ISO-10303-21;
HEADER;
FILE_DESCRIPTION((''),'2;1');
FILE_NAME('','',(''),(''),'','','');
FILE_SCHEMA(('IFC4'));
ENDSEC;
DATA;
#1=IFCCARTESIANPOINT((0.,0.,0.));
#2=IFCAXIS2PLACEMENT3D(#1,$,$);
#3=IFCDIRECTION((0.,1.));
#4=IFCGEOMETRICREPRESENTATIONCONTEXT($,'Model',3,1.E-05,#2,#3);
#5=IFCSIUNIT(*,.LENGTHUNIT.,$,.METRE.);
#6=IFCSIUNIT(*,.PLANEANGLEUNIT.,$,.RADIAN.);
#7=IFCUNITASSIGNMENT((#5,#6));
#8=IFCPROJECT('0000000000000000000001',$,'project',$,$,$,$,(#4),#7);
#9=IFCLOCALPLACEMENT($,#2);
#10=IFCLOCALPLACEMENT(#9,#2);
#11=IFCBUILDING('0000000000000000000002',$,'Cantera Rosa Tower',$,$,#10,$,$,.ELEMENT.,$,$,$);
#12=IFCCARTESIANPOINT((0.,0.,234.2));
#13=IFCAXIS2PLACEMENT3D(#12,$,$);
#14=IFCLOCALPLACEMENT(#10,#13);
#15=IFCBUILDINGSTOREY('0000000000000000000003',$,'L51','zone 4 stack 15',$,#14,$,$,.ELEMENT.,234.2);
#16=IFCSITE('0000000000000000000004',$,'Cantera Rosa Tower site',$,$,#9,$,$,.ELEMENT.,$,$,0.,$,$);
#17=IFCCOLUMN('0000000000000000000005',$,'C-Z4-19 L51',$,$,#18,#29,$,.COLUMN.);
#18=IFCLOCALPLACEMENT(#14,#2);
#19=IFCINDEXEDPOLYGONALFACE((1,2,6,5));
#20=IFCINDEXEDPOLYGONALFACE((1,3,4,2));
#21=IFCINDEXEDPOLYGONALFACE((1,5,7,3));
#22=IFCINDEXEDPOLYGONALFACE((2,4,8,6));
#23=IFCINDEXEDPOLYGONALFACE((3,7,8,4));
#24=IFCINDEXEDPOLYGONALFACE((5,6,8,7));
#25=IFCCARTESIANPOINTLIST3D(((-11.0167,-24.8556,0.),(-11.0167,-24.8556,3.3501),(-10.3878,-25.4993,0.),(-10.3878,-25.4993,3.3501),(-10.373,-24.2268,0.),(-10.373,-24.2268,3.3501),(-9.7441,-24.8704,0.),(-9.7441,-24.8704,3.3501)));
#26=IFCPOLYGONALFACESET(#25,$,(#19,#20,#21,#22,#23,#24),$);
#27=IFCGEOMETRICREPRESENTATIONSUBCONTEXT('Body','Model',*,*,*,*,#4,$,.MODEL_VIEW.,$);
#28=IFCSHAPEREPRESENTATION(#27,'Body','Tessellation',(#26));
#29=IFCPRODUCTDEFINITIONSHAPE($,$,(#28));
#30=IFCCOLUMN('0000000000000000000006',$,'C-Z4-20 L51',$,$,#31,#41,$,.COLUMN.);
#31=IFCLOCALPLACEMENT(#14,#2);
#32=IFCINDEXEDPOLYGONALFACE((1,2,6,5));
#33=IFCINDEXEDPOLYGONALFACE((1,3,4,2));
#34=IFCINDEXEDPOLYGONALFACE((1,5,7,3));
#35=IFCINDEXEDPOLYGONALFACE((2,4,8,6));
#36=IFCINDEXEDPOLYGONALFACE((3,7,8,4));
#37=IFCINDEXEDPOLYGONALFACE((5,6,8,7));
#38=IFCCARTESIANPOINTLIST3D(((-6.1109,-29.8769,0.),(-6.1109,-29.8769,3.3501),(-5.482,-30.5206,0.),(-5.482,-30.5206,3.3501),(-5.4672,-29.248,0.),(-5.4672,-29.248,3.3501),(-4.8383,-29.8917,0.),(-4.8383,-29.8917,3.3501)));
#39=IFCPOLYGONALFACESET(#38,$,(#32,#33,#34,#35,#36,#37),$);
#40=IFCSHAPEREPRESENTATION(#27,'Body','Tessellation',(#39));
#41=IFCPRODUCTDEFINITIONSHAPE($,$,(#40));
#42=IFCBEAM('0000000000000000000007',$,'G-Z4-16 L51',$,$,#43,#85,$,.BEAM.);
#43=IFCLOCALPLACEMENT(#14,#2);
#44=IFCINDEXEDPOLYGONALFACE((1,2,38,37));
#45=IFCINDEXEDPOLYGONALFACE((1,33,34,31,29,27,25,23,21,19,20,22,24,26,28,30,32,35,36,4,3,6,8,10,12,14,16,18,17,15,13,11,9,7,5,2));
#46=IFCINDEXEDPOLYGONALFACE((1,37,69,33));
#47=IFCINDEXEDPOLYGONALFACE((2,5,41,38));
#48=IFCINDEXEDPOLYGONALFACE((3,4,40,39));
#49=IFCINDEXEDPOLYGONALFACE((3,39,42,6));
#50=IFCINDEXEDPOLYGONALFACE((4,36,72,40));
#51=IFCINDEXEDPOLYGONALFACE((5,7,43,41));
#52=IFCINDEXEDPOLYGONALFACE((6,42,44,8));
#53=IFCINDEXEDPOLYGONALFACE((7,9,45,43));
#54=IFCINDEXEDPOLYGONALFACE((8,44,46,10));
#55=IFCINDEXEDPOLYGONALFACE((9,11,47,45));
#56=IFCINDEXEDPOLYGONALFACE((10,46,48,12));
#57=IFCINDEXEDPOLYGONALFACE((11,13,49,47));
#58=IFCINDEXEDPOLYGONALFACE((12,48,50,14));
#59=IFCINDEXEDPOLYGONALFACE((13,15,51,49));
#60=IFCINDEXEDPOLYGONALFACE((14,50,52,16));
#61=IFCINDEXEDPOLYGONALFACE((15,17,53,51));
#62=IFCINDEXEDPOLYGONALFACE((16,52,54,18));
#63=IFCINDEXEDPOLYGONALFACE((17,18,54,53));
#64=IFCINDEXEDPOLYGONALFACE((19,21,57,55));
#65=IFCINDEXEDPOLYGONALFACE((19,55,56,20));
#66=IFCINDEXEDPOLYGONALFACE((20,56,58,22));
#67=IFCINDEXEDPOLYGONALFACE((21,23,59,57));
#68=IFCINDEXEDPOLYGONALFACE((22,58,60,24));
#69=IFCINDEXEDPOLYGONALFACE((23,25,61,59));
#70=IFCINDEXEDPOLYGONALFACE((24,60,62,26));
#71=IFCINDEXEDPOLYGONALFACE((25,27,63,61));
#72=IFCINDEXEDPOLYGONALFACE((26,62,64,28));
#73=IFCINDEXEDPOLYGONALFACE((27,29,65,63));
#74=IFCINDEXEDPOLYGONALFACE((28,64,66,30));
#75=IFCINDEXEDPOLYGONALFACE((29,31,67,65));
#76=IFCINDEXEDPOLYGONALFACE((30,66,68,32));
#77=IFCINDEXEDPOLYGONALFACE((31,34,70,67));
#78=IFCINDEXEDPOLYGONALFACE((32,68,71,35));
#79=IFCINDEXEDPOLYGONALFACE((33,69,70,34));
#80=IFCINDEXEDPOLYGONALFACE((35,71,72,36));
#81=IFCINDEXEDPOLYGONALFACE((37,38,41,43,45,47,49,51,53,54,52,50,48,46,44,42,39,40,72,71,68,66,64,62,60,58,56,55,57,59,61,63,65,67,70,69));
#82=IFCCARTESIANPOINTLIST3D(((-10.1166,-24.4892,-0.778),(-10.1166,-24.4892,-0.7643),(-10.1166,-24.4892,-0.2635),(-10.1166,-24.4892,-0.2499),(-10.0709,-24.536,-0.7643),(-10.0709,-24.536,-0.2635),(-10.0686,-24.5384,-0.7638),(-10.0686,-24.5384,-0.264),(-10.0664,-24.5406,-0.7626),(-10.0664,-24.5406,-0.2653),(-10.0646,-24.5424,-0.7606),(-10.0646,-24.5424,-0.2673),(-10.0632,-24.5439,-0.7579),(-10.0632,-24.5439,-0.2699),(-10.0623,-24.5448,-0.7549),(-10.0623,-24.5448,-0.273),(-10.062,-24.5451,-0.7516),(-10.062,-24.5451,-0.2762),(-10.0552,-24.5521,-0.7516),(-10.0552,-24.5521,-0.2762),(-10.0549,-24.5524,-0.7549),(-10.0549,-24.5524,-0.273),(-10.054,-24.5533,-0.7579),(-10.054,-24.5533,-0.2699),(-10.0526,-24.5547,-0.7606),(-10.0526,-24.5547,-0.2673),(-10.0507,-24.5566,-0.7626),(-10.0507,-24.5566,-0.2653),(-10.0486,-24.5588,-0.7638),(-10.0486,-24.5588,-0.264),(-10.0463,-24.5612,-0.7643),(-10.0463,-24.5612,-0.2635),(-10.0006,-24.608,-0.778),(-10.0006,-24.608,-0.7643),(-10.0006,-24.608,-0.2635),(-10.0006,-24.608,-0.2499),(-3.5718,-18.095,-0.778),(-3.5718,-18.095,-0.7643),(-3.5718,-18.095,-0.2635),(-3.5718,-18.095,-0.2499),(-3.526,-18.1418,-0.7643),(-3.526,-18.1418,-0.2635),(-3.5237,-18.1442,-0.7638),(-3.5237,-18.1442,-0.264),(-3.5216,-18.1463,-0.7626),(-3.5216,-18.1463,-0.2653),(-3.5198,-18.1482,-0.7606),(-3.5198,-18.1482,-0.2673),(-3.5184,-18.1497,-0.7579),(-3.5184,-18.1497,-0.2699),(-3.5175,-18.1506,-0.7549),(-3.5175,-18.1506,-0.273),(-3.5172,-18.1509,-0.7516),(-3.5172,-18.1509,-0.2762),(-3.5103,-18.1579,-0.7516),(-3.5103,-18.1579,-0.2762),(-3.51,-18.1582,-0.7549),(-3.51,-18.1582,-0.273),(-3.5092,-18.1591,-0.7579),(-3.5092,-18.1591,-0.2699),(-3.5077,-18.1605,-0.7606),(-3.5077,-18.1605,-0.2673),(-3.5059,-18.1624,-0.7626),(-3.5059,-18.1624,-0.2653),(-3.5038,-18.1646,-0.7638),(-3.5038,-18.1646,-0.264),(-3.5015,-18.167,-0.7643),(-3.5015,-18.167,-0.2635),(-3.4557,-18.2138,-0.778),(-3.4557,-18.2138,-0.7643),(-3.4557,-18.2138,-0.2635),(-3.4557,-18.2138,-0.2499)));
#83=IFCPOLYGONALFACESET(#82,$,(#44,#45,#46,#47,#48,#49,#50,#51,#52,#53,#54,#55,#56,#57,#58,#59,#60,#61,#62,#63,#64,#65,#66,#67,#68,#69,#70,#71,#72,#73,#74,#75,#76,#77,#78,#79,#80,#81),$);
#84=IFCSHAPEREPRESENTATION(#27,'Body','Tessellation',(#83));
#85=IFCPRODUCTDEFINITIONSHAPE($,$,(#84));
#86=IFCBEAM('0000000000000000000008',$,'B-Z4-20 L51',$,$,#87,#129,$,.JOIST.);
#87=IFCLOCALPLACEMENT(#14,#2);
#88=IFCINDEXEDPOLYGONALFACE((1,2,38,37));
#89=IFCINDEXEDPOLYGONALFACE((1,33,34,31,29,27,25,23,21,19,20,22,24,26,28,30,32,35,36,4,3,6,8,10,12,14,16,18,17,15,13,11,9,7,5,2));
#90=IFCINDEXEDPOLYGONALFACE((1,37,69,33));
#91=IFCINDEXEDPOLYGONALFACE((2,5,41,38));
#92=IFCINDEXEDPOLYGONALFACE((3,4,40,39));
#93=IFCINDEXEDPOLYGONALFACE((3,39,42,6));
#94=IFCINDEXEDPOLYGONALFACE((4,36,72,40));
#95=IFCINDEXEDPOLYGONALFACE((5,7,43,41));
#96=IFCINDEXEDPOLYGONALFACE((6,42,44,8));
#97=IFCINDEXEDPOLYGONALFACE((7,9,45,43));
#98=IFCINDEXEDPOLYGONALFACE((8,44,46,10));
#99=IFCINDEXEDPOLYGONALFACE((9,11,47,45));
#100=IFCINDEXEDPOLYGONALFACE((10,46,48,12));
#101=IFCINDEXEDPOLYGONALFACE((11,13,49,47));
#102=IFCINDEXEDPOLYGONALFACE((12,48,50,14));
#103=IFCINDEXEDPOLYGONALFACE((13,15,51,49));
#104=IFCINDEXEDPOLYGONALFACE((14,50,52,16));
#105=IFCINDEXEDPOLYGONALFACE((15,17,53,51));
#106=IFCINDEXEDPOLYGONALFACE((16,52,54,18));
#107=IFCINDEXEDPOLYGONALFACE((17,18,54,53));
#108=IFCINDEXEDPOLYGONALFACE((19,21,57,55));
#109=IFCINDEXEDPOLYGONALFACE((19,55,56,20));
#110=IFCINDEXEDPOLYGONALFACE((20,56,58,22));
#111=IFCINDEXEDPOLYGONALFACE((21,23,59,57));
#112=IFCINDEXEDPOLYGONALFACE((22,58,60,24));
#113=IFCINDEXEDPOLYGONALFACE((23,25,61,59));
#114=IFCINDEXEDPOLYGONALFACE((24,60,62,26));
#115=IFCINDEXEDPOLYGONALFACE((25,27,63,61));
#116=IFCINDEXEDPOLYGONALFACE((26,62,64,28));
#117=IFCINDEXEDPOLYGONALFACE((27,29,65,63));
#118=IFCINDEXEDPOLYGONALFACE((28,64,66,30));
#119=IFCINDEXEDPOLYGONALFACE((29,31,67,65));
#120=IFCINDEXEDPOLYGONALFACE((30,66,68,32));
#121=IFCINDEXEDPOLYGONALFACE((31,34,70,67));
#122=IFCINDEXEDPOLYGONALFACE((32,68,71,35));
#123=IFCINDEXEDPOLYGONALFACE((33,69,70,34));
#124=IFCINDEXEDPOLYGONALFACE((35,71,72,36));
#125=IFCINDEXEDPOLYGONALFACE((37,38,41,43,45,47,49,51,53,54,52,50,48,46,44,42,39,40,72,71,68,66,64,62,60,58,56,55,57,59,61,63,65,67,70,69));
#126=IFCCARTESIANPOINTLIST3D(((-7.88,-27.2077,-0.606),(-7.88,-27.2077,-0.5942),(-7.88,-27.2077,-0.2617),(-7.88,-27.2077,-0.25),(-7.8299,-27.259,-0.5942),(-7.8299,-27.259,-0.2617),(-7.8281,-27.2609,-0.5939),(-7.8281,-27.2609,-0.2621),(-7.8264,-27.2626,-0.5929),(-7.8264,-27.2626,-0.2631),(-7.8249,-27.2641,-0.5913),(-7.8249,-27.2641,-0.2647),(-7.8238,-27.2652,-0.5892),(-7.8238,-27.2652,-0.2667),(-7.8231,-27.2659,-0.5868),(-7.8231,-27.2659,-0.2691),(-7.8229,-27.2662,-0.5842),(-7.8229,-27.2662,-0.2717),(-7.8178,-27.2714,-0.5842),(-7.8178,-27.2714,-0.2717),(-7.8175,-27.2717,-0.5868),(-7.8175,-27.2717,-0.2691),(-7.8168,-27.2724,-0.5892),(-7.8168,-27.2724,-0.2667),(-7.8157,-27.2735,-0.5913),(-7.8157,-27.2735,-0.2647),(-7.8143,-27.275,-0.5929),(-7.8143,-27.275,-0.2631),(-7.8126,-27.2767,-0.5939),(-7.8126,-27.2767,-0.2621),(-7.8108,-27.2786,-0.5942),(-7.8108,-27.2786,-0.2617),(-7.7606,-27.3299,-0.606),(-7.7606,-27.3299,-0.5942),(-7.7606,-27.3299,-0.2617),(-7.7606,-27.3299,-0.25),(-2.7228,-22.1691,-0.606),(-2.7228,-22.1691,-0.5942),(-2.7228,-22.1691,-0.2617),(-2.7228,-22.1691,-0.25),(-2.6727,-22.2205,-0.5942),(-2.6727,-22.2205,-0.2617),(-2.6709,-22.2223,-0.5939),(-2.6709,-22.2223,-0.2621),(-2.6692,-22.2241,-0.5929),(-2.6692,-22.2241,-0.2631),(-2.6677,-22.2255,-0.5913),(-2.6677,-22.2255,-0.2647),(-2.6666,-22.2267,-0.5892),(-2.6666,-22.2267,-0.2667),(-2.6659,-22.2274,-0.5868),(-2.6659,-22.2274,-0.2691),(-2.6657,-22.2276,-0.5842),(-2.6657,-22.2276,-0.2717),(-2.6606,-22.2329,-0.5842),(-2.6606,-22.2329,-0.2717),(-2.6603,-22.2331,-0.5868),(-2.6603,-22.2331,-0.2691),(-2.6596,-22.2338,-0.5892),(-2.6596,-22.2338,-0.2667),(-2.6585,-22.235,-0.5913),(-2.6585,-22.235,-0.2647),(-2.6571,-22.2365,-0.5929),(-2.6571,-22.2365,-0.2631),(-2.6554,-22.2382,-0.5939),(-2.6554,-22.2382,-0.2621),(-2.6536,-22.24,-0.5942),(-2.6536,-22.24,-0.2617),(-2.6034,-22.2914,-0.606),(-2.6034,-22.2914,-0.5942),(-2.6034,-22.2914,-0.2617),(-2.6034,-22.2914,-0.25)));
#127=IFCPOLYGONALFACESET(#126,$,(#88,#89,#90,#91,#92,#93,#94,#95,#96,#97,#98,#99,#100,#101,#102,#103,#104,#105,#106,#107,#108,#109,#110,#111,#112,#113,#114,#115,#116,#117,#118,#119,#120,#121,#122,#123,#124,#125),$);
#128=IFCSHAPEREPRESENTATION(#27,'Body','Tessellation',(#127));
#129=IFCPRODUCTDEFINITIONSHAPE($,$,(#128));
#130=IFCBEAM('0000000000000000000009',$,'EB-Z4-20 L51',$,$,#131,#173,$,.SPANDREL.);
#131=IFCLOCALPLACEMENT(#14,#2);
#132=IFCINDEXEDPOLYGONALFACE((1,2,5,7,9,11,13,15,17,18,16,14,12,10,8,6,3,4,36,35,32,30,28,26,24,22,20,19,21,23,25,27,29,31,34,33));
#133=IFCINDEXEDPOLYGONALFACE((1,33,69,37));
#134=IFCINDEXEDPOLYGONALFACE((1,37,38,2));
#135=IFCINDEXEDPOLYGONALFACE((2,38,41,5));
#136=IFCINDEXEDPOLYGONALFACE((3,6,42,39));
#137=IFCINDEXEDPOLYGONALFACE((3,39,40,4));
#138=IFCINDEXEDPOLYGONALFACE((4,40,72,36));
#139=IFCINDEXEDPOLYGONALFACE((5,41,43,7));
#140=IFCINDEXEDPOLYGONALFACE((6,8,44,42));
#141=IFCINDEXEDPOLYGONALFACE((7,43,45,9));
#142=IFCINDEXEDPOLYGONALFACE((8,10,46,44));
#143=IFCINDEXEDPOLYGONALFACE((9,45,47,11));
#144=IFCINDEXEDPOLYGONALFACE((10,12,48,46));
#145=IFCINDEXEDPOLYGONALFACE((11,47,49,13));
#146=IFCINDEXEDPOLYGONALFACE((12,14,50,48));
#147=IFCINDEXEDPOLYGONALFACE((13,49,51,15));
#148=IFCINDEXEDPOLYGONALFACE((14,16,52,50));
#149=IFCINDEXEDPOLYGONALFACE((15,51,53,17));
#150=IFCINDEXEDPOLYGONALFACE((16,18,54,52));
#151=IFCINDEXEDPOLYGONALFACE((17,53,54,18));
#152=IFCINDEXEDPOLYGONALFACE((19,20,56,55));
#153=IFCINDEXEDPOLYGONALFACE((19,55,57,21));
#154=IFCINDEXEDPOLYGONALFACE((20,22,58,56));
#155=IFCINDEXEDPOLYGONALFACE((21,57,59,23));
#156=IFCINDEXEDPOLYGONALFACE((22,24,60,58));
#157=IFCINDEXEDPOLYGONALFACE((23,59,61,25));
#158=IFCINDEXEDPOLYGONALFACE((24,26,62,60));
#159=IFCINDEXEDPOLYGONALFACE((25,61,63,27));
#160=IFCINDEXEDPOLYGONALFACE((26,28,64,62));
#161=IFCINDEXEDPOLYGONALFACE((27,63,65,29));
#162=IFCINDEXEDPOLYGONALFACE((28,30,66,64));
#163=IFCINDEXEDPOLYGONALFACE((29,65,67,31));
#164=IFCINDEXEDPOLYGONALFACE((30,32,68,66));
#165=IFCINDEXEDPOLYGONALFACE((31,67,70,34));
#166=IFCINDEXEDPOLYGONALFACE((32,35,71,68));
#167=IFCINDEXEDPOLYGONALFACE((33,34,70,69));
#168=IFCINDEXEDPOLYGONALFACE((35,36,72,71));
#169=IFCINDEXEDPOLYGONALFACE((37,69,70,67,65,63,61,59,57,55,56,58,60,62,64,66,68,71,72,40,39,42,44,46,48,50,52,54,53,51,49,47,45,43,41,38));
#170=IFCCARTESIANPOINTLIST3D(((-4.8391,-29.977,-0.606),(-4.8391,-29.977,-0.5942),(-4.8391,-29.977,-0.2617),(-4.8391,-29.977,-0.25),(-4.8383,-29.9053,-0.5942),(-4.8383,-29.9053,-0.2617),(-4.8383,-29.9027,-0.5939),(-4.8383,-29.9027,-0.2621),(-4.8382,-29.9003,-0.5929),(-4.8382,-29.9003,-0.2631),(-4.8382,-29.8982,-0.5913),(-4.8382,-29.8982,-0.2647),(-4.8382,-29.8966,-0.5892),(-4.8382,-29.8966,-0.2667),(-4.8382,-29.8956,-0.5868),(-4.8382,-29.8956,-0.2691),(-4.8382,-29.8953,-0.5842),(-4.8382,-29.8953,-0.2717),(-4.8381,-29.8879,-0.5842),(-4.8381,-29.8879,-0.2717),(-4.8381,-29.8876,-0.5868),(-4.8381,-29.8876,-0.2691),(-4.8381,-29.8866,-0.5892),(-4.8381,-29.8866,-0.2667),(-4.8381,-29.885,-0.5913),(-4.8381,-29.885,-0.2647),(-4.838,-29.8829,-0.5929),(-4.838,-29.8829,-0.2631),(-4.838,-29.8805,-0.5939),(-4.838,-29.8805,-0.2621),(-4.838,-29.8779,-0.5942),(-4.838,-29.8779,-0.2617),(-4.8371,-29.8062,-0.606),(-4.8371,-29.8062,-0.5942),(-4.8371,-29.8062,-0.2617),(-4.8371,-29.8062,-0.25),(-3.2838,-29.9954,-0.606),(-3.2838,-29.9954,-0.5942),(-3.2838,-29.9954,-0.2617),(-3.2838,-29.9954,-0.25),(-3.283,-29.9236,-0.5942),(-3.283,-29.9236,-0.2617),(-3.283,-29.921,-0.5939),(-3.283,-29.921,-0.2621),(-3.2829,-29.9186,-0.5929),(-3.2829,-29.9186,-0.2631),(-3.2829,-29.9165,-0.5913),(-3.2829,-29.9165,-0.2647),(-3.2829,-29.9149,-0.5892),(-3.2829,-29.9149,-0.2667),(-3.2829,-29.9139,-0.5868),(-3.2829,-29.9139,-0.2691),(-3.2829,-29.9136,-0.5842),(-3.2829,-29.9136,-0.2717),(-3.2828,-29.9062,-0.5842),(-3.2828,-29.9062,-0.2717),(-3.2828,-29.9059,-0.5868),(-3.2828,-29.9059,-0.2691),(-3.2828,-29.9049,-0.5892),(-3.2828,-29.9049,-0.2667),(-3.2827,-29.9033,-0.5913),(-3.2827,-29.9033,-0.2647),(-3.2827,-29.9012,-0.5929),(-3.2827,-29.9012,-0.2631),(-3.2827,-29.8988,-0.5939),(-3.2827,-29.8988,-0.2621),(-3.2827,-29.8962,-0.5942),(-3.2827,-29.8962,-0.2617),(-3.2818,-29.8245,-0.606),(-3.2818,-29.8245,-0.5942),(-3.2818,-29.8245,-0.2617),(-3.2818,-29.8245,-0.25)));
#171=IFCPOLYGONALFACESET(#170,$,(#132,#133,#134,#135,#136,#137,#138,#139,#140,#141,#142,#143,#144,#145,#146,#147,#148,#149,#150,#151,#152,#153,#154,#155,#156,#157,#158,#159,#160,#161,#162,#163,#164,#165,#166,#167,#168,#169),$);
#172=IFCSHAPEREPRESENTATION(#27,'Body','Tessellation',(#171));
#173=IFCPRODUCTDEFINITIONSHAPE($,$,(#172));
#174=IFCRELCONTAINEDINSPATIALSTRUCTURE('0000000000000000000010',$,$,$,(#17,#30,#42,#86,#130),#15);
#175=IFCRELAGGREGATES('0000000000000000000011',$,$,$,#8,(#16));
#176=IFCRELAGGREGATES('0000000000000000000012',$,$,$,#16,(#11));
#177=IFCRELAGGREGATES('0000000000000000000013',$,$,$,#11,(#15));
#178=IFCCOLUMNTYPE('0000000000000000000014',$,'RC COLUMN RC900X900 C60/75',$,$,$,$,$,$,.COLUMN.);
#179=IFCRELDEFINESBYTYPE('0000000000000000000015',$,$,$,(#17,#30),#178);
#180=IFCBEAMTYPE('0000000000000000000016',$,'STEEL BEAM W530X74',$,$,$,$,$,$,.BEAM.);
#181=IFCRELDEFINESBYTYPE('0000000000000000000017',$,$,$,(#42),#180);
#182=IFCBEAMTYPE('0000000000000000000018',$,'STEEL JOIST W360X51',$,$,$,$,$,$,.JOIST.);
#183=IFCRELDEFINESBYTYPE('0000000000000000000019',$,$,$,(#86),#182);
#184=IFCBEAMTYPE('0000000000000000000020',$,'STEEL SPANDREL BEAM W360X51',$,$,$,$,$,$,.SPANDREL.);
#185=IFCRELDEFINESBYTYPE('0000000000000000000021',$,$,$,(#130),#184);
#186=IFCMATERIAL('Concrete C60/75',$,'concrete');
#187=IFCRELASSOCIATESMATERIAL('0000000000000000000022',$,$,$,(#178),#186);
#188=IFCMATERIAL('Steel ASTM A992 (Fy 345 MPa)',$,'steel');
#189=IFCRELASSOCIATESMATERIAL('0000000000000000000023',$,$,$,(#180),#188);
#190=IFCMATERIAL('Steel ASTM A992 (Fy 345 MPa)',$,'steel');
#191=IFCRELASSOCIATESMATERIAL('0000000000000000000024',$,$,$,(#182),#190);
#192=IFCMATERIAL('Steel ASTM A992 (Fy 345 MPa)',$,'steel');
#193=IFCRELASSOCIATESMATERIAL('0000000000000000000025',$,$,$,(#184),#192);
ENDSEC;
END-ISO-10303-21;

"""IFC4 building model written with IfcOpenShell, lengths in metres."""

from ifc_helpers import new_model, si_unit, direction, frame, origin, origin_2d, place, context, subcontext, project, spatial, rectangle, i_section, extrude, material, material_profile, profile_set, type_object, element, save


model = new_model("IFC4")

# Units and contexts
model_context = context("Model", 3, precision=1e-05, world=origin(), true_north=direction((0.0, 1.0)))
body_context = subcontext(model_context, "Body", "Model", "MODEL_VIEW")
ifc_project = project(units=[si_unit("LENGTHUNIT", "METRE"), si_unit("PLANEANGLEUNIT", "RADIAN")], contexts=[model_context])

# Site, building, storey
site_placement = place(None, origin())
site = spatial("IfcSite", under=ifc_project, at=site_placement, Name="Cantera Rosa Tower site", CompositionType="ELEMENT", RefElevation=0.0)
building_placement = place(site_placement, origin())
building = spatial("IfcBuilding", under=site, at=building_placement, Name="Cantera Rosa Tower", CompositionType="ELEMENT")
storey_placement = place(building_placement, frame((0.0, 0.0, 234.2)))
storey = spatial("IfcBuildingStorey", under=building, at=storey_placement, Name="L51", Description="zone 4 stack 15", CompositionType="ELEMENT", Elevation=234.2)

# Columns
ifc_material_1 = material(Name="Concrete C60/75", Category="concrete")
ifc_material_profile_1 = material_profile(ifc_material_1, rectangle(XDim=0.8999, YDim=0.8999, at=origin_2d()), Name="RC COLUMN RC900X900 C60/75")
ifc_profile_set_1 = profile_set([ifc_material_profile_1], Name="Concrete C60/75")
column_type = type_object("IfcColumnType", Name="RC COLUMN RC900X900 C60/75", PredefinedType="COLUMN", material=ifc_profile_set_1)
for number, where, z_axis, x_axis, name in (
    (1, (-10.3804, -24.863, 0.0), (0.0, 0.0, 1.0), (0.715286, 0.698832, 0.0), "C-Z4-19 L51"),
    (2, (-5.4746, -29.8843, 0.0), (0.0, 0.0, 1.0), (0.715286, 0.698832, 0.0), "C-Z4-20 L51"),
):
    element("IfcColumn", number, at=place(storey_placement, frame(where, z_axis=z_axis, x_axis=x_axis)), inside=storey, type_object=column_type, Name=name, PredefinedType="COLUMN", context=body_context, shape_type="SweptSolid", body=[
        extrude(rectangle(XDim=0.8999, YDim=0.8999, at=origin_2d()), origin(), (0.0, 0.0, 1.0), 3.3501),
    ])

# Beams
ifc_material_2 = material(Name="Steel ASTM A992 (Fy 345 MPa)", Category="steel")
ifc_material_profile_2 = material_profile(ifc_material_2, i_section(OverallWidth=0.166, OverallDepth=0.5281, WebThickness=0.0098, FlangeThickness=0.0137, FilletRadius=0.0127, at=origin_2d()), Name="W530X74")
ifc_profile_set_2 = profile_set([ifc_material_profile_2], Name="Steel ASTM A992 (Fy 345 MPa)")
beam_type_1 = type_object("IfcBeamType", Name="STEEL BEAM W530X74", PredefinedType="BEAM", material=ifc_profile_set_2)
beam_1_placement = place(storey_placement, frame((-10.0586, -24.5486, -0.5139), z_axis=(0.71529, 0.698827, 0.0), x_axis=(-0.698827, 0.71529, 0.0)))
element("IfcBeam", 3, at=beam_1_placement, inside=storey, type_object=beam_type_1, Name="G-Z4-16 L51", PredefinedType="BEAM", context=body_context, shape_type="SweptSolid", body=[
    extrude(i_section(OverallWidth=0.166, OverallDepth=0.5281, WebThickness=0.0098, FlangeThickness=0.0137, FilletRadius=0.0127, at=origin_2d()), origin(), (0.0, 0.0, 1.0), 9.1499),
])
ifc_material_3 = material(Name="Steel ASTM A992 (Fy 345 MPa)", Category="steel")
ifc_material_profile_3 = material_profile(ifc_material_3, i_section(OverallWidth=0.1709, OverallDepth=0.356, WebThickness=0.0073, FlangeThickness=0.0117, FilletRadius=0.01, at=origin_2d()), Name="W360X51")
ifc_profile_set_3 = profile_set([ifc_material_profile_3], Name="Steel ASTM A992 (Fy 345 MPa)")
beam_type_2 = type_object("IfcBeamType", Name="STEEL JOIST W360X51", PredefinedType="JOIST", material=ifc_profile_set_3)
beam_2_placement = place(storey_placement, frame((-7.8203, -27.2688, -0.428), z_axis=(0.715287, 0.698831, 0.0), x_axis=(-0.698831, 0.715287, 0.0)))
element("IfcBeam", 4, at=beam_2_placement, inside=storey, type_object=beam_type_2, Name="B-Z4-20 L51", PredefinedType="JOIST", context=body_context, shape_type="SweptSolid", body=[
    extrude(i_section(OverallWidth=0.1709, OverallDepth=0.356, WebThickness=0.0073, FlangeThickness=0.0117, FilletRadius=0.01, at=origin_2d()), origin(), (0.0, 0.0, 1.0), 7.21),
])
ifc_material_4 = material(Name="Steel ASTM A992 (Fy 345 MPa)", Category="steel")
ifc_material_profile_4 = material_profile(ifc_material_4, i_section(OverallWidth=0.1709, OverallDepth=0.356, WebThickness=0.0073, FlangeThickness=0.0117, FilletRadius=0.01, at=origin_2d()), Name="W360X51")
ifc_profile_set_4 = profile_set([ifc_material_profile_4], Name="Steel ASTM A992 (Fy 345 MPa)")
beam_type_3 = type_object("IfcBeamType", Name="STEEL SPANDREL BEAM W360X51", PredefinedType="SPANDREL", material=ifc_profile_set_4)
beam_3_placement = place(storey_placement, frame((-4.8381, -29.8916, -0.428), z_axis=(0.999931, -0.011771, 0.0), x_axis=(0.011771, 0.999931, 0.0)))
element("IfcBeam", 5, at=beam_3_placement, inside=storey, type_object=beam_type_3, Name="EB-Z4-20 L51", PredefinedType="SPANDREL", context=body_context, shape_type="SweptSolid", body=[
    extrude(i_section(OverallWidth=0.1709, OverallDepth=0.356, WebThickness=0.0073, FlangeThickness=0.0117, FilletRadius=0.01, at=origin_2d()), origin(), (0.0, 0.0, 1.0), 1.5554),
])

save(model, "model.ifc")
